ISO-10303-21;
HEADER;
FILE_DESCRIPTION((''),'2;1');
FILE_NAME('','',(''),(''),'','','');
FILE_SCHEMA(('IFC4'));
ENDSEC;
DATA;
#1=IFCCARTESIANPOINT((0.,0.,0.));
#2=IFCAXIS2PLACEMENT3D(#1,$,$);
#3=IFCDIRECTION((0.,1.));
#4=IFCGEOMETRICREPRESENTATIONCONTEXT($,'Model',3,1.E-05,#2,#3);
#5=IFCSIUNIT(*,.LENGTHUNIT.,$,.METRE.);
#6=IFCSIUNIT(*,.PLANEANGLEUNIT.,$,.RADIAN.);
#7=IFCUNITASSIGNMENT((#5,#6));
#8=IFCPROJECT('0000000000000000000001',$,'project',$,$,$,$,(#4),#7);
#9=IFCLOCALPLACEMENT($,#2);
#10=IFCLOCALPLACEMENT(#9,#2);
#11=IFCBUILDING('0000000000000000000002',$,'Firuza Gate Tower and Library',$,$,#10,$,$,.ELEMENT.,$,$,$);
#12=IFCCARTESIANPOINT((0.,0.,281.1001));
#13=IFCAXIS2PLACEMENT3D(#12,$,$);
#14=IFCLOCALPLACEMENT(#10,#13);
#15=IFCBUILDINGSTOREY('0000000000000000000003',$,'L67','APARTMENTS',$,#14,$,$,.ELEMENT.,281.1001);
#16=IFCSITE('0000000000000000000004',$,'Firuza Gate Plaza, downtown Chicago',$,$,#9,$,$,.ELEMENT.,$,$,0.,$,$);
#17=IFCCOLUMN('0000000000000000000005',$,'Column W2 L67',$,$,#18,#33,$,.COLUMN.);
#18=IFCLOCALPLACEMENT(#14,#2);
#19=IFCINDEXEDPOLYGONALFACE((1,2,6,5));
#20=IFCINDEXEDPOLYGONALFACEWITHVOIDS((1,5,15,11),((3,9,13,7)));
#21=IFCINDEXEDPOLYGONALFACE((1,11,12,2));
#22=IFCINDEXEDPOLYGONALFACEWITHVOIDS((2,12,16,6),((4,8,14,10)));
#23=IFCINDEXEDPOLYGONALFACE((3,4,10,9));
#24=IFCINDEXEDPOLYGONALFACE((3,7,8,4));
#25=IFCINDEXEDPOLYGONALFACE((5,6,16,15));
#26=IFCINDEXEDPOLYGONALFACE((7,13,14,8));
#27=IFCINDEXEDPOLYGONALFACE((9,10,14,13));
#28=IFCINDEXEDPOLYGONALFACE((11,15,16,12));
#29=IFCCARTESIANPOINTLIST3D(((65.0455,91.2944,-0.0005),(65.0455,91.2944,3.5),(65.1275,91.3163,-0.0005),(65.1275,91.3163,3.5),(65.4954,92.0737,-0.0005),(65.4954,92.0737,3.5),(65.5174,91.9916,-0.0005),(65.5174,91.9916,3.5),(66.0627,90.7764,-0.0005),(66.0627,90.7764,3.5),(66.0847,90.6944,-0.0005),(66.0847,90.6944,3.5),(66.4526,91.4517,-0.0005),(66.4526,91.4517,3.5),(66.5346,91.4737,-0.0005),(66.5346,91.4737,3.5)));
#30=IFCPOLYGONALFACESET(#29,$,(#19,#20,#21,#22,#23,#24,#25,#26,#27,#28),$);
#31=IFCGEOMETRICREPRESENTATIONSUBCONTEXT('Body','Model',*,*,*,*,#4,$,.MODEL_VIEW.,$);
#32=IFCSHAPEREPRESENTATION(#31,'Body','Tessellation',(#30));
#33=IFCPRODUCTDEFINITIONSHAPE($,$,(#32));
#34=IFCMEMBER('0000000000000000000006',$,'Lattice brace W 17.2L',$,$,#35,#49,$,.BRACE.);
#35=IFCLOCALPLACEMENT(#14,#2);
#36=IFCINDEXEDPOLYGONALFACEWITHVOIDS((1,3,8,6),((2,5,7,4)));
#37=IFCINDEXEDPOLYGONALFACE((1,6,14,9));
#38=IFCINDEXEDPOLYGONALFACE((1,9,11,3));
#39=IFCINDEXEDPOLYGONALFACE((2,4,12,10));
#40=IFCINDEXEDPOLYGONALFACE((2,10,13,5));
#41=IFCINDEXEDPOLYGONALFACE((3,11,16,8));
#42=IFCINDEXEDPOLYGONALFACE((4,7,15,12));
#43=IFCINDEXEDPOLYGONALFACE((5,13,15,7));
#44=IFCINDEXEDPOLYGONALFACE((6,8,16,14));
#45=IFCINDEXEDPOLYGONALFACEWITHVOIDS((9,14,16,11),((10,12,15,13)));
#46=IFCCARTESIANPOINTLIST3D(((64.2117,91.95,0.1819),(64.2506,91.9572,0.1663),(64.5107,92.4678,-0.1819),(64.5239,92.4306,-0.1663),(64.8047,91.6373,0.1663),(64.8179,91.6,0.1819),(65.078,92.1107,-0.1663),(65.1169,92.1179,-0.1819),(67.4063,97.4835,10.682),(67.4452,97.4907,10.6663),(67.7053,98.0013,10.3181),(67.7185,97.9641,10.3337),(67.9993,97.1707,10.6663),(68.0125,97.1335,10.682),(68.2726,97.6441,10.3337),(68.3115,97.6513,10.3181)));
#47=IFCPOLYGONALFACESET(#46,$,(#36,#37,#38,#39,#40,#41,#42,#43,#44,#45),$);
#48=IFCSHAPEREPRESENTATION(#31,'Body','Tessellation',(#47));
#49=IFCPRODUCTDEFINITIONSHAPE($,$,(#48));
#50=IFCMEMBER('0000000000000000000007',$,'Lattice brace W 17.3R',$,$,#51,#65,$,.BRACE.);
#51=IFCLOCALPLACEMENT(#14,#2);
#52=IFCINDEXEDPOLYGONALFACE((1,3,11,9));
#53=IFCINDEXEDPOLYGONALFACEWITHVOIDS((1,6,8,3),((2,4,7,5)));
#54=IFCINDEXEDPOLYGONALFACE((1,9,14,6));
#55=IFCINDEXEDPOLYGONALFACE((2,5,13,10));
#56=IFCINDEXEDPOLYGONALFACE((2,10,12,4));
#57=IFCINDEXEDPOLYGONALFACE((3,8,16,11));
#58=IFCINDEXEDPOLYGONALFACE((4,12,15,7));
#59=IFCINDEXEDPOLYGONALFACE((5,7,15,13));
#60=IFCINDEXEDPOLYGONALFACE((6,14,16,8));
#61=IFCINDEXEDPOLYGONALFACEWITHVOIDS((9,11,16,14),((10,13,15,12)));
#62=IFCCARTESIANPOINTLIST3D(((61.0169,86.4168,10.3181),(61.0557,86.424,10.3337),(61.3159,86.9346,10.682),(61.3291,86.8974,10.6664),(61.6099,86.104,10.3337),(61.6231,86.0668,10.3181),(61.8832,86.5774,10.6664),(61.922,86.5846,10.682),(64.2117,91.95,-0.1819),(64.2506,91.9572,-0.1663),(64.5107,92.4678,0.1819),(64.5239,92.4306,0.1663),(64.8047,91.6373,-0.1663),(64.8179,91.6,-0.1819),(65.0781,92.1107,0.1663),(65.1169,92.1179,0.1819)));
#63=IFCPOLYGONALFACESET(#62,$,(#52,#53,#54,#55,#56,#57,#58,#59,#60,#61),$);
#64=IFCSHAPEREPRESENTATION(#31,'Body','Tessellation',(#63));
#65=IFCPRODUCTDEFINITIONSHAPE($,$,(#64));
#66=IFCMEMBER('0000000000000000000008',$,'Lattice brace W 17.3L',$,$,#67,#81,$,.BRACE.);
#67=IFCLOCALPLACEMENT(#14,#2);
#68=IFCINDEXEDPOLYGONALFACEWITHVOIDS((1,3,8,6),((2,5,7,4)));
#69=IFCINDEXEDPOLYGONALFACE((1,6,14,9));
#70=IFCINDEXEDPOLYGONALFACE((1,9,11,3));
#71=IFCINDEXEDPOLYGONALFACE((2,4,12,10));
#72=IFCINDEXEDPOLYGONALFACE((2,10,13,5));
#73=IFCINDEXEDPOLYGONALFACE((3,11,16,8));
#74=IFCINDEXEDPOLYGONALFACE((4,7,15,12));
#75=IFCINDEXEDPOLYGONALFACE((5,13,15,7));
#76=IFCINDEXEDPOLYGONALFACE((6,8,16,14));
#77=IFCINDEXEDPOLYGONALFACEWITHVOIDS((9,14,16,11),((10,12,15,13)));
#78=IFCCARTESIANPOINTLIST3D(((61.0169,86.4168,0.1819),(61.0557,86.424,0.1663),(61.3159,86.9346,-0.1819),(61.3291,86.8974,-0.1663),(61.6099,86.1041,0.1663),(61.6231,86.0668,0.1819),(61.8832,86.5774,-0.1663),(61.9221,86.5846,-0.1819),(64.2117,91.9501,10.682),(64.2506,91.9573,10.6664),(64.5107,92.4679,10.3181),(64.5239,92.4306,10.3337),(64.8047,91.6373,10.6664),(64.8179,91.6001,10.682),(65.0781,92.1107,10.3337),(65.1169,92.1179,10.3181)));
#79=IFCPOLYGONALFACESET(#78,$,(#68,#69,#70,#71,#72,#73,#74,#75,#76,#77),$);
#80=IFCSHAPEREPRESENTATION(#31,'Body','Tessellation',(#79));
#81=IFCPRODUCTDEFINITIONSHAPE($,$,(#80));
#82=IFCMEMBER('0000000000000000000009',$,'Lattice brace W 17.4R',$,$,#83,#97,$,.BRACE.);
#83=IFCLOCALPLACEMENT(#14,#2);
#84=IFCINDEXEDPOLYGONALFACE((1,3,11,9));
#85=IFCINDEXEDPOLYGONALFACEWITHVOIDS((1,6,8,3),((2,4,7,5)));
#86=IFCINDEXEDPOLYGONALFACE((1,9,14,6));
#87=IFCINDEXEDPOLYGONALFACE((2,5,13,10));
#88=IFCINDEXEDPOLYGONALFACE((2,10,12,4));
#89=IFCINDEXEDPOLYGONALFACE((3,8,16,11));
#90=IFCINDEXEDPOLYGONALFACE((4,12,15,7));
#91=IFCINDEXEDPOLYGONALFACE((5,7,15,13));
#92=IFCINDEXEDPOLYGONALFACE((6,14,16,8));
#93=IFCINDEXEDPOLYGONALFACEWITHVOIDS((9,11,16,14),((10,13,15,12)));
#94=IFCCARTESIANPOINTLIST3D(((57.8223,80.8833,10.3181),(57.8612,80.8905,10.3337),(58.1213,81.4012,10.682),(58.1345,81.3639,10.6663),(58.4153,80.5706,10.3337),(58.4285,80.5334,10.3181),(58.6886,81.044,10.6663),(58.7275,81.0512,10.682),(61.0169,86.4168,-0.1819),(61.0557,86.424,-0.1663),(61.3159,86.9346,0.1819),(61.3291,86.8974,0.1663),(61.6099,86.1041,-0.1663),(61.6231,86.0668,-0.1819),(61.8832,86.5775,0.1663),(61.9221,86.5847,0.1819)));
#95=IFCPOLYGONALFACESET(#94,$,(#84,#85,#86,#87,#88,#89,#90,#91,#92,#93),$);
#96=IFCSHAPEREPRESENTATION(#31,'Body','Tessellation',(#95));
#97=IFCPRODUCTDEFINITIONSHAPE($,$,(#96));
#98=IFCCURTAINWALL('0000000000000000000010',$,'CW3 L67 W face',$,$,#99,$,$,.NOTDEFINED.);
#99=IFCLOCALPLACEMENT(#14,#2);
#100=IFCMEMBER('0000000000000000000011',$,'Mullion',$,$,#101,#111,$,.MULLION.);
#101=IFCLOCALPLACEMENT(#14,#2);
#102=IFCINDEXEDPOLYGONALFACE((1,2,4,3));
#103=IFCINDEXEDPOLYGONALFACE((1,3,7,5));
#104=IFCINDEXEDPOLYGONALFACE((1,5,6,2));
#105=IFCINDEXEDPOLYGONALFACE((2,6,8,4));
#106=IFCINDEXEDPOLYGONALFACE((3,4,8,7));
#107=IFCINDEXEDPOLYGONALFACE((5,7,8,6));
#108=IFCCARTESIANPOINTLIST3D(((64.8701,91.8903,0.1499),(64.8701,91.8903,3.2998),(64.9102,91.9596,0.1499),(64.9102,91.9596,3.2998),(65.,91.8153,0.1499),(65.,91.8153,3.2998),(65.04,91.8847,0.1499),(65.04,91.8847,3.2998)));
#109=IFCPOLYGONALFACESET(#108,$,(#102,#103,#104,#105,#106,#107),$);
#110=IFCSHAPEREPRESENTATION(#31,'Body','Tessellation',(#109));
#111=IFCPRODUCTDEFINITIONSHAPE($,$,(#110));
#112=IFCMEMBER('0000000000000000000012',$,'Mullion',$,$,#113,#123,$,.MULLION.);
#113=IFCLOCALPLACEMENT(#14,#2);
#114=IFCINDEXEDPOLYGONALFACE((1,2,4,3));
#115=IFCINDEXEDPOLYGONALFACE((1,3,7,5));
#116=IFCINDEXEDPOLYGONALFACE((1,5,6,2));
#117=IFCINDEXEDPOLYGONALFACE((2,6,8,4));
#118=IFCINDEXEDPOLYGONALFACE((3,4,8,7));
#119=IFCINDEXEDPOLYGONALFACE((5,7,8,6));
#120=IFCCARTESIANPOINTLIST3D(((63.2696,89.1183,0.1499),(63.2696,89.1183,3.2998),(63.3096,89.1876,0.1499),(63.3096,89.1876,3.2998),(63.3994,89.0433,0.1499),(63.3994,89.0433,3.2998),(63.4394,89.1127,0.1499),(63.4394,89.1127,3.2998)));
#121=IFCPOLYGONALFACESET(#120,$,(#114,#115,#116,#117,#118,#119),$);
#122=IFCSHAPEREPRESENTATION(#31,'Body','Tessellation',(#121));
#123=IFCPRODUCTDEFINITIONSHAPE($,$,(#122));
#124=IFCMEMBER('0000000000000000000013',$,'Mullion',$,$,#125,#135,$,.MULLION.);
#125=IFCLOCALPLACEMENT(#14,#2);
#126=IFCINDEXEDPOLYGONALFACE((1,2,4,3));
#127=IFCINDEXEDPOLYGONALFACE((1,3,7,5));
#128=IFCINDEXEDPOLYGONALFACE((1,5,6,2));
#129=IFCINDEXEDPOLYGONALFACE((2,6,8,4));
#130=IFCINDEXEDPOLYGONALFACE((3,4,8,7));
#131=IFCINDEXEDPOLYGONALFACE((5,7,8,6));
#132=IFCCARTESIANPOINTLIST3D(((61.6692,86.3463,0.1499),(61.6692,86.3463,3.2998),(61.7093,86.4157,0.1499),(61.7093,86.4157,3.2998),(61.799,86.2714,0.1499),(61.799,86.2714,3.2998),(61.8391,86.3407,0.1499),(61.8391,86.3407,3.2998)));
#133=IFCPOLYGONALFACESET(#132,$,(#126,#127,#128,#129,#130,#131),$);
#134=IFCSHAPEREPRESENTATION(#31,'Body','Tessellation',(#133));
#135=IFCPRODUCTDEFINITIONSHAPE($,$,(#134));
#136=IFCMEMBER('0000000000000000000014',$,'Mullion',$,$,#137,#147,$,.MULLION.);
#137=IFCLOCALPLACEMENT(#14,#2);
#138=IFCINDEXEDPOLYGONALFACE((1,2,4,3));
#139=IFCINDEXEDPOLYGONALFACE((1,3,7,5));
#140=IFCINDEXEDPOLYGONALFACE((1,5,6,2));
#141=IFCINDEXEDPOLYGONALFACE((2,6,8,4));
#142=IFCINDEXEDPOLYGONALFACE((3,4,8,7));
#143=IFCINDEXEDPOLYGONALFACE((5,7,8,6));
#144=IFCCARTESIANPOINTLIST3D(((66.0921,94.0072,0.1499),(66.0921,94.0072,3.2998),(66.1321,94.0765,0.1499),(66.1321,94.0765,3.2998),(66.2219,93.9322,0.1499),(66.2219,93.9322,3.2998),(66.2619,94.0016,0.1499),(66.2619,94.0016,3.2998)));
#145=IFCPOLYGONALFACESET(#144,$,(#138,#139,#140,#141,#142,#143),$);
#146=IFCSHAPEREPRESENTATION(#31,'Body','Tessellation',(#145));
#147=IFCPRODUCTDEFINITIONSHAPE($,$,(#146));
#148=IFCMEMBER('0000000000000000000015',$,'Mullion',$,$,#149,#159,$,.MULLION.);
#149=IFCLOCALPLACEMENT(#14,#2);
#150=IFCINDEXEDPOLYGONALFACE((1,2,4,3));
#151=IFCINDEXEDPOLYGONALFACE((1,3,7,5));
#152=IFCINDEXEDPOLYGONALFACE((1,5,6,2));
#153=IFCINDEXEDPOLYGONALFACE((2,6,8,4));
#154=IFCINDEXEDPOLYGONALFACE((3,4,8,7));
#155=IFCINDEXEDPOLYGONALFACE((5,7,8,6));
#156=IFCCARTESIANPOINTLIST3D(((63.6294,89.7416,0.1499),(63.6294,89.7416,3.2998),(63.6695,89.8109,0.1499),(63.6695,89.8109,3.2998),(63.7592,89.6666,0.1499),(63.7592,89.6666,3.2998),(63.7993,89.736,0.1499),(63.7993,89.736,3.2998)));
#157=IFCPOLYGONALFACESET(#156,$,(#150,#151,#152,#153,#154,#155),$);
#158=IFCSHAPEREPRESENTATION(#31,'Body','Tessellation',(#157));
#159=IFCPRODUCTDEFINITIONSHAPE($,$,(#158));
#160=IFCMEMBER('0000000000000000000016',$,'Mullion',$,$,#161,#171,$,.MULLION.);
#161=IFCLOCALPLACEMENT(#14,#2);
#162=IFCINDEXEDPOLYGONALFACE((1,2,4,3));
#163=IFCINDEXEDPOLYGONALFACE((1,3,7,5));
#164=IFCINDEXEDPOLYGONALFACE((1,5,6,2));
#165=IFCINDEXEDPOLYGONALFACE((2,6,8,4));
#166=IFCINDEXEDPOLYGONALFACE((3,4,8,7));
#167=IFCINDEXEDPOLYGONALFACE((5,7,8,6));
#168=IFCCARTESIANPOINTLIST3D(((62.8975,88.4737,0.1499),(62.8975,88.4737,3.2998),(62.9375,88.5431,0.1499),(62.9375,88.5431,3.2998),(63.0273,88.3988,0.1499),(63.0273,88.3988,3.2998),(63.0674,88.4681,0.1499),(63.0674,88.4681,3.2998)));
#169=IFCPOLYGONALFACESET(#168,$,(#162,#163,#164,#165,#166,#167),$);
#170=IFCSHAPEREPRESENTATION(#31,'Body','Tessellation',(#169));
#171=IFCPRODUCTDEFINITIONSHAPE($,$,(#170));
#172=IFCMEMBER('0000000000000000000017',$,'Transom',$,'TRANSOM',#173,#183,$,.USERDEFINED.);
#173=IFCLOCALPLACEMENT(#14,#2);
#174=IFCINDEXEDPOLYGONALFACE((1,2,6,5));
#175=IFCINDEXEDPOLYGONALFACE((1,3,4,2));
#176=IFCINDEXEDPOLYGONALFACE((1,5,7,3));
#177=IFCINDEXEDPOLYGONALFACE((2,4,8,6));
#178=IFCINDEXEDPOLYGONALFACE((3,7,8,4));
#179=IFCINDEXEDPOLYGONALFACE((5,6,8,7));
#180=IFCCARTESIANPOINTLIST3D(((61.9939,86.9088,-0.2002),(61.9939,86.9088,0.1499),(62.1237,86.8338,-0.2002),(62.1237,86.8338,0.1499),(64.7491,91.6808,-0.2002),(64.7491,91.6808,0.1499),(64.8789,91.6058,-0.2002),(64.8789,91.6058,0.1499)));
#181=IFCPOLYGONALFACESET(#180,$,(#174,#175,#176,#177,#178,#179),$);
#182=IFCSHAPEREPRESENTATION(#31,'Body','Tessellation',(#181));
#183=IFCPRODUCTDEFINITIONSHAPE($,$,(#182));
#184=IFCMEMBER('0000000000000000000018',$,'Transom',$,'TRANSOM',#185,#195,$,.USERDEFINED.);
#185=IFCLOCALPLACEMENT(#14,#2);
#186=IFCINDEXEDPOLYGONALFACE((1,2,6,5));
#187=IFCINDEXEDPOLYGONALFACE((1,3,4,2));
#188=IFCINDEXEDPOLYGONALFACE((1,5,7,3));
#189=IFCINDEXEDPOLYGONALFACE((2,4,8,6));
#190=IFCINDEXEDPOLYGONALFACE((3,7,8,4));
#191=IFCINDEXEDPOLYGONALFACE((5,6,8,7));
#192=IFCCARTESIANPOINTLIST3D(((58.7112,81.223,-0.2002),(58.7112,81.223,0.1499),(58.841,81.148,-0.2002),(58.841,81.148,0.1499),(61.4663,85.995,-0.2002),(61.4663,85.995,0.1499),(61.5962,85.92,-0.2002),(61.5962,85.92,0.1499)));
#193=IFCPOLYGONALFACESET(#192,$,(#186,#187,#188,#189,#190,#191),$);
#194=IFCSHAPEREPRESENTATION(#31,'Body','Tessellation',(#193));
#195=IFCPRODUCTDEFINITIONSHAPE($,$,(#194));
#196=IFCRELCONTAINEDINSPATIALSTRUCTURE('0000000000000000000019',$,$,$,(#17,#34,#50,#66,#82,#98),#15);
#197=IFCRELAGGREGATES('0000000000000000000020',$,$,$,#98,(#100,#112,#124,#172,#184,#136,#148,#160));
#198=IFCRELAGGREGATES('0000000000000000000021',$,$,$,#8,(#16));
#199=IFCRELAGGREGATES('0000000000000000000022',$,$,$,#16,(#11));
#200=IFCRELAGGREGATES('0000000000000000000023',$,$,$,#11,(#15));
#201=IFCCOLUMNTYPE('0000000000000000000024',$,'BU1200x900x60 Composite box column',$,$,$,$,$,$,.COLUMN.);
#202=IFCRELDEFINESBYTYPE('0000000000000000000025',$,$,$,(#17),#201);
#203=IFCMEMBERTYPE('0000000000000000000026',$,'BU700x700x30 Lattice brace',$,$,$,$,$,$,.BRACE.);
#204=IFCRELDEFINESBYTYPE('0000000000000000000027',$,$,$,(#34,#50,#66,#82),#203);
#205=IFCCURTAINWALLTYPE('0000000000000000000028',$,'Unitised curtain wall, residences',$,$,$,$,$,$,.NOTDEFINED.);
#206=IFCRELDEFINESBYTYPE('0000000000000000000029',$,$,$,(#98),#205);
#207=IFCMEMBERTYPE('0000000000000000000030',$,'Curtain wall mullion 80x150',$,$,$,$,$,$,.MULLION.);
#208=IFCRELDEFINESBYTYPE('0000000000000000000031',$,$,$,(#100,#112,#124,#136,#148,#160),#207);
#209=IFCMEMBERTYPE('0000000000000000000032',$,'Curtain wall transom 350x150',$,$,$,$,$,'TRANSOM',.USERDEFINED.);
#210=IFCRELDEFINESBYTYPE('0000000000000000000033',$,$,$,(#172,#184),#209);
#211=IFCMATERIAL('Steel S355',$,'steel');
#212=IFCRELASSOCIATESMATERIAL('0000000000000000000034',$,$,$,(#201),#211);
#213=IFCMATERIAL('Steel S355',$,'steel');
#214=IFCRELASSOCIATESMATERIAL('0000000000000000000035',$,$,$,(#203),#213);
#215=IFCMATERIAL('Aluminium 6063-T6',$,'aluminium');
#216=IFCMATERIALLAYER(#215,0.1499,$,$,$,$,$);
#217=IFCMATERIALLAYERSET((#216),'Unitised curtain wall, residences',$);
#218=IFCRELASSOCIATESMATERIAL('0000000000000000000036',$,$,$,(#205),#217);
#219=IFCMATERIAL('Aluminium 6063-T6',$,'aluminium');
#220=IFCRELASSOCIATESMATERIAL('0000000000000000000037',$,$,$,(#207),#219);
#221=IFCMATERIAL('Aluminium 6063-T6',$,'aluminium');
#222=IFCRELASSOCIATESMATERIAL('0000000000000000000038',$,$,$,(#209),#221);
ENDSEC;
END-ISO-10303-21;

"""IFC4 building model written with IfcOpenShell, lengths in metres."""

from ifc_helpers import new_model, si_unit, direction, frame, origin, origin_2d, place, context, subcontext, project, spatial, rectangle, hollow_rectangle, extrude, material, layer, layer_set, material_profile, profile_set, type_object, element, aggregate, save


model = new_model("IFC4")

# Units and contexts
model_context = context("Model", 3, precision=1e-05, world=origin(), true_north=direction((0.0, 1.0)))
body_context = subcontext(model_context, "Body", "Model", "MODEL_VIEW")
ifc_project = project(units=[si_unit("LENGTHUNIT", "METRE"), si_unit("PLANEANGLEUNIT", "RADIAN")], contexts=[model_context])

# Site, building, storey
site_placement = place(None, origin())
site = spatial("IfcSite", under=ifc_project, at=site_placement, Name="Firuza Gate Plaza, downtown Chicago", CompositionType="ELEMENT", RefElevation=0.0)
building_placement = place(site_placement, origin())
building = spatial("IfcBuilding", under=site, at=building_placement, Name="Firuza Gate Tower and Library", CompositionType="ELEMENT")
storey_placement = place(building_placement, frame((0.0, 0.0, 281.1001)))
storey = spatial("IfcBuildingStorey", under=building, at=storey_placement, Name="L67", Description="APARTMENTS", CompositionType="ELEMENT", Elevation=281.1001)

# Column
ifc_material_1 = material(Name="Steel S355", Category="steel")
ifc_material_profile_1 = material_profile(ifc_material_1, hollow_rectangle(XDim=0.8999, YDim=1.2, WallThickness=0.0601, at=origin_2d()))
ifc_profile_set_1 = profile_set([ifc_material_profile_1], Name="Steel S355")
column_type = type_object("IfcColumnType", Name="BU1200x900x60 Composite box column", PredefinedType="COLUMN", material=ifc_profile_set_1)
column_placement = place(storey_placement, frame((65.79, 91.384, -0.0005), z_axis=(0.0, 0.0, 1.0), x_axis=(-0.5, -0.866025, 0.0)))
element("IfcColumn", 1, at=column_placement, inside=storey, type_object=column_type, Name="Column W2 L67", PredefinedType="COLUMN", context=body_context, shape_type="SweptSolid", body=[
    extrude(hollow_rectangle(XDim=0.8999, YDim=1.2, WallThickness=0.0601, at=origin_2d()), origin(), (0.0, 0.0, 1.0), 3.5005),
])

# Members
ifc_material_2 = material(Name="Steel S355", Category="steel")
ifc_material_profile_2 = material_profile(ifc_material_2, hollow_rectangle(XDim=0.7, YDim=0.7, WallThickness=0.03, at=origin_2d()))
ifc_profile_set_2 = profile_set([ifc_material_profile_2], Name="Steel S355")
member_type_1 = type_object("IfcMemberType", Name="BU700x700x30 Lattice brace", PredefinedType="BRACE", material=ifc_profile_set_2)
for number, where, z_axis, x_axis, name in (
    (2, (64.6643, 92.0339, 0.0), (0.259907, 0.450195, 0.854268), (-0.866036, 0.499982, 0.0), "Lattice brace W 17.2L"),
    (3, (64.6643, 92.0339, 0.0), (-0.259928, -0.450177, 0.854271), (0.86601, -0.500027, 0.0), "Lattice brace W 17.3R"),
    (4, (61.4695, 86.5007, 0.0), (0.259928, 0.450177, 0.854271), (-0.86601, 0.500027, 0.0), "Lattice brace W 17.3L"),
    (5, (61.4695, 86.5007, 0.0), (-0.259907, -0.450195, 0.854268), (0.866036, -0.499982, 0.0), "Lattice brace W 17.4R"),
):
    element("IfcMember", number, at=place(storey_placement, frame(where, z_axis=z_axis, x_axis=x_axis)), inside=storey, type_object=member_type_1, Name=name, PredefinedType="BRACE", context=body_context, shape_type="SweptSolid", body=[
        extrude(hollow_rectangle(XDim=0.7, YDim=0.7, WallThickness=0.03, at=origin_2d()), origin(), (0.0, 0.0, 1.0), 12.2913),
    ])

# Curtain wall, members
ifc_material_3 = material(Name="Aluminium 6063-T6", Category="aluminium")
ifc_layer_1 = layer(ifc_material_3, 0.1499)
ifc_layer_set_1 = layer_set([ifc_layer_1], Name="Unitised curtain wall, residences")
curtain_wall_type = type_object("IfcCurtainWallType", Name="Unitised curtain wall, residences", PredefinedType="NOTDEFINED", material=ifc_layer_set_1)
placement = place(storey_placement, origin())
curtain_wall = element("IfcCurtainWall", 6, at=placement, inside=storey, type_object=curtain_wall_type, Name="CW3 L67 W face", PredefinedType="NOTDEFINED")
ifc_material_4 = material(Name="Aluminium 6063-T6", Category="aluminium")
ifc_material_profile_3 = material_profile(ifc_material_4, rectangle(XDim=0.1499, YDim=0.0801, at=origin_2d()))
ifc_profile_set_3 = profile_set([ifc_material_profile_3], Name="Aluminium 6063-T6")
member_type_2 = type_object("IfcMemberType", Name="Curtain wall mullion 80x150", PredefinedType="MULLION", material=ifc_profile_set_3)
member_1_placement = place(storey_placement, frame((64.9551, 91.8875, 0.1499), z_axis=(0.0, 0.0, 1.0), x_axis=(0.866025, -0.5, 0.0)))
member_1 = element("IfcMember", 7, at=member_1_placement, type_object=member_type_2, Name="Mullion", PredefinedType="MULLION", context=body_context, shape_type="SweptSolid", body=[
    extrude(rectangle(XDim=0.1499, YDim=0.0801, at=origin_2d()), origin(), (0.0, 0.0, 1.0), 3.1499),
])
member_2_placement = place(storey_placement, frame((63.3545, 89.1155, 0.1499), z_axis=(0.0, 0.0, 1.0), x_axis=(0.866025, -0.5, 0.0)))
member_2 = element("IfcMember", 8, at=member_2_placement, type_object=member_type_2, Name="Mullion", PredefinedType="MULLION", context=body_context, shape_type="SweptSolid", body=[
    extrude(rectangle(XDim=0.1499, YDim=0.0801, at=origin_2d()), origin(), (0.0, 0.0, 1.0), 3.1499),
])
member_3_placement = place(storey_placement, frame((61.7542, 86.3435, 0.1499), z_axis=(0.0, 0.0, 1.0), x_axis=(0.866025, -0.5, 0.0)))
member_3 = element("IfcMember", 9, at=member_3_placement, type_object=member_type_2, Name="Mullion", PredefinedType="MULLION", context=body_context, shape_type="SweptSolid", body=[
    extrude(rectangle(XDim=0.1499, YDim=0.0801, at=origin_2d()), origin(), (0.0, 0.0, 1.0), 3.1499),
])
member_4_placement = place(storey_placement, frame((66.177, 94.0044, 0.1499), z_axis=(0.0, 0.0, 1.0), x_axis=(0.866025, -0.5, 0.0)))
member_4 = element("IfcMember", 10, at=member_4_placement, type_object=member_type_2, Name="Mullion", PredefinedType="MULLION", context=body_context, shape_type="SweptSolid", body=[
    extrude(rectangle(XDim=0.1499, YDim=0.0801, at=origin_2d()), origin(), (0.0, 0.0, 1.0), 3.1499),
])
member_5_placement = place(storey_placement, frame((63.7144, 89.7388, 0.1499), z_axis=(0.0, 0.0, 1.0), x_axis=(0.866025, -0.5, 0.0)))
member_5 = element("IfcMember", 11, at=member_5_placement, type_object=member_type_2, Name="Mullion", PredefinedType="MULLION", context=body_context, shape_type="SweptSolid", body=[
    extrude(rectangle(XDim=0.1499, YDim=0.0801, at=origin_2d()), origin(), (0.0, 0.0, 1.0), 3.1499),
])
member_6_placement = place(storey_placement, frame((62.9824, 88.4709, 0.1499), z_axis=(0.0, 0.0, 1.0), x_axis=(0.866025, -0.5, 0.0)))
member_6 = element("IfcMember", 12, at=member_6_placement, type_object=member_type_2, Name="Mullion", PredefinedType="MULLION", context=body_context, shape_type="SweptSolid", body=[
    extrude(rectangle(XDim=0.1499, YDim=0.0801, at=origin_2d()), origin(), (0.0, 0.0, 1.0), 3.1499),
])
ifc_material_5 = material(Name="Aluminium 6063-T6", Category="aluminium")
ifc_material_profile_4 = material_profile(ifc_material_5, rectangle(XDim=0.1499, YDim=0.3501, at=origin_2d()))
ifc_profile_set_4 = profile_set([ifc_material_profile_4], Name="Aluminium 6063-T6")
member_type_3 = type_object("IfcMemberType", Name="Curtain wall transom 350x150", ElementType="TRANSOM", PredefinedType="USERDEFINED", material=ifc_profile_set_4)
member_7_placement = place(storey_placement, frame((64.814, 91.6433, -0.0251), z_axis=(-0.500004, -0.866023, 0.0), x_axis=(0.866023, -0.500004, 0.0)))
member_7 = element("IfcMember", 13, at=member_7_placement, type_object=member_type_3, Name="Transom", ObjectType="TRANSOM", PredefinedType="USERDEFINED", context=body_context, shape_type="SweptSolid", body=[
    extrude(rectangle(XDim=0.1499, YDim=0.3501, at=origin_2d()), origin(), (0.0, 0.0, 1.0), 5.5103),
])
member_8_placement = place(storey_placement, frame((61.5312, 85.9575, -0.0251), z_axis=(-0.500004, -0.866023, 0.0), x_axis=(0.866023, -0.500004, 0.0)))
member_8 = element("IfcMember", 14, at=member_8_placement, type_object=member_type_3, Name="Transom", ObjectType="TRANSOM", PredefinedType="USERDEFINED", context=body_context, shape_type="SweptSolid", body=[
    extrude(rectangle(XDim=0.1499, YDim=0.3501, at=origin_2d()), origin(), (0.0, 0.0, 1.0), 5.5103),
])

aggregate(curtain_wall, [member_1, member_2, member_3, member_7, member_8, member_4, member_5, member_6])

save(model, "model.ifc")
